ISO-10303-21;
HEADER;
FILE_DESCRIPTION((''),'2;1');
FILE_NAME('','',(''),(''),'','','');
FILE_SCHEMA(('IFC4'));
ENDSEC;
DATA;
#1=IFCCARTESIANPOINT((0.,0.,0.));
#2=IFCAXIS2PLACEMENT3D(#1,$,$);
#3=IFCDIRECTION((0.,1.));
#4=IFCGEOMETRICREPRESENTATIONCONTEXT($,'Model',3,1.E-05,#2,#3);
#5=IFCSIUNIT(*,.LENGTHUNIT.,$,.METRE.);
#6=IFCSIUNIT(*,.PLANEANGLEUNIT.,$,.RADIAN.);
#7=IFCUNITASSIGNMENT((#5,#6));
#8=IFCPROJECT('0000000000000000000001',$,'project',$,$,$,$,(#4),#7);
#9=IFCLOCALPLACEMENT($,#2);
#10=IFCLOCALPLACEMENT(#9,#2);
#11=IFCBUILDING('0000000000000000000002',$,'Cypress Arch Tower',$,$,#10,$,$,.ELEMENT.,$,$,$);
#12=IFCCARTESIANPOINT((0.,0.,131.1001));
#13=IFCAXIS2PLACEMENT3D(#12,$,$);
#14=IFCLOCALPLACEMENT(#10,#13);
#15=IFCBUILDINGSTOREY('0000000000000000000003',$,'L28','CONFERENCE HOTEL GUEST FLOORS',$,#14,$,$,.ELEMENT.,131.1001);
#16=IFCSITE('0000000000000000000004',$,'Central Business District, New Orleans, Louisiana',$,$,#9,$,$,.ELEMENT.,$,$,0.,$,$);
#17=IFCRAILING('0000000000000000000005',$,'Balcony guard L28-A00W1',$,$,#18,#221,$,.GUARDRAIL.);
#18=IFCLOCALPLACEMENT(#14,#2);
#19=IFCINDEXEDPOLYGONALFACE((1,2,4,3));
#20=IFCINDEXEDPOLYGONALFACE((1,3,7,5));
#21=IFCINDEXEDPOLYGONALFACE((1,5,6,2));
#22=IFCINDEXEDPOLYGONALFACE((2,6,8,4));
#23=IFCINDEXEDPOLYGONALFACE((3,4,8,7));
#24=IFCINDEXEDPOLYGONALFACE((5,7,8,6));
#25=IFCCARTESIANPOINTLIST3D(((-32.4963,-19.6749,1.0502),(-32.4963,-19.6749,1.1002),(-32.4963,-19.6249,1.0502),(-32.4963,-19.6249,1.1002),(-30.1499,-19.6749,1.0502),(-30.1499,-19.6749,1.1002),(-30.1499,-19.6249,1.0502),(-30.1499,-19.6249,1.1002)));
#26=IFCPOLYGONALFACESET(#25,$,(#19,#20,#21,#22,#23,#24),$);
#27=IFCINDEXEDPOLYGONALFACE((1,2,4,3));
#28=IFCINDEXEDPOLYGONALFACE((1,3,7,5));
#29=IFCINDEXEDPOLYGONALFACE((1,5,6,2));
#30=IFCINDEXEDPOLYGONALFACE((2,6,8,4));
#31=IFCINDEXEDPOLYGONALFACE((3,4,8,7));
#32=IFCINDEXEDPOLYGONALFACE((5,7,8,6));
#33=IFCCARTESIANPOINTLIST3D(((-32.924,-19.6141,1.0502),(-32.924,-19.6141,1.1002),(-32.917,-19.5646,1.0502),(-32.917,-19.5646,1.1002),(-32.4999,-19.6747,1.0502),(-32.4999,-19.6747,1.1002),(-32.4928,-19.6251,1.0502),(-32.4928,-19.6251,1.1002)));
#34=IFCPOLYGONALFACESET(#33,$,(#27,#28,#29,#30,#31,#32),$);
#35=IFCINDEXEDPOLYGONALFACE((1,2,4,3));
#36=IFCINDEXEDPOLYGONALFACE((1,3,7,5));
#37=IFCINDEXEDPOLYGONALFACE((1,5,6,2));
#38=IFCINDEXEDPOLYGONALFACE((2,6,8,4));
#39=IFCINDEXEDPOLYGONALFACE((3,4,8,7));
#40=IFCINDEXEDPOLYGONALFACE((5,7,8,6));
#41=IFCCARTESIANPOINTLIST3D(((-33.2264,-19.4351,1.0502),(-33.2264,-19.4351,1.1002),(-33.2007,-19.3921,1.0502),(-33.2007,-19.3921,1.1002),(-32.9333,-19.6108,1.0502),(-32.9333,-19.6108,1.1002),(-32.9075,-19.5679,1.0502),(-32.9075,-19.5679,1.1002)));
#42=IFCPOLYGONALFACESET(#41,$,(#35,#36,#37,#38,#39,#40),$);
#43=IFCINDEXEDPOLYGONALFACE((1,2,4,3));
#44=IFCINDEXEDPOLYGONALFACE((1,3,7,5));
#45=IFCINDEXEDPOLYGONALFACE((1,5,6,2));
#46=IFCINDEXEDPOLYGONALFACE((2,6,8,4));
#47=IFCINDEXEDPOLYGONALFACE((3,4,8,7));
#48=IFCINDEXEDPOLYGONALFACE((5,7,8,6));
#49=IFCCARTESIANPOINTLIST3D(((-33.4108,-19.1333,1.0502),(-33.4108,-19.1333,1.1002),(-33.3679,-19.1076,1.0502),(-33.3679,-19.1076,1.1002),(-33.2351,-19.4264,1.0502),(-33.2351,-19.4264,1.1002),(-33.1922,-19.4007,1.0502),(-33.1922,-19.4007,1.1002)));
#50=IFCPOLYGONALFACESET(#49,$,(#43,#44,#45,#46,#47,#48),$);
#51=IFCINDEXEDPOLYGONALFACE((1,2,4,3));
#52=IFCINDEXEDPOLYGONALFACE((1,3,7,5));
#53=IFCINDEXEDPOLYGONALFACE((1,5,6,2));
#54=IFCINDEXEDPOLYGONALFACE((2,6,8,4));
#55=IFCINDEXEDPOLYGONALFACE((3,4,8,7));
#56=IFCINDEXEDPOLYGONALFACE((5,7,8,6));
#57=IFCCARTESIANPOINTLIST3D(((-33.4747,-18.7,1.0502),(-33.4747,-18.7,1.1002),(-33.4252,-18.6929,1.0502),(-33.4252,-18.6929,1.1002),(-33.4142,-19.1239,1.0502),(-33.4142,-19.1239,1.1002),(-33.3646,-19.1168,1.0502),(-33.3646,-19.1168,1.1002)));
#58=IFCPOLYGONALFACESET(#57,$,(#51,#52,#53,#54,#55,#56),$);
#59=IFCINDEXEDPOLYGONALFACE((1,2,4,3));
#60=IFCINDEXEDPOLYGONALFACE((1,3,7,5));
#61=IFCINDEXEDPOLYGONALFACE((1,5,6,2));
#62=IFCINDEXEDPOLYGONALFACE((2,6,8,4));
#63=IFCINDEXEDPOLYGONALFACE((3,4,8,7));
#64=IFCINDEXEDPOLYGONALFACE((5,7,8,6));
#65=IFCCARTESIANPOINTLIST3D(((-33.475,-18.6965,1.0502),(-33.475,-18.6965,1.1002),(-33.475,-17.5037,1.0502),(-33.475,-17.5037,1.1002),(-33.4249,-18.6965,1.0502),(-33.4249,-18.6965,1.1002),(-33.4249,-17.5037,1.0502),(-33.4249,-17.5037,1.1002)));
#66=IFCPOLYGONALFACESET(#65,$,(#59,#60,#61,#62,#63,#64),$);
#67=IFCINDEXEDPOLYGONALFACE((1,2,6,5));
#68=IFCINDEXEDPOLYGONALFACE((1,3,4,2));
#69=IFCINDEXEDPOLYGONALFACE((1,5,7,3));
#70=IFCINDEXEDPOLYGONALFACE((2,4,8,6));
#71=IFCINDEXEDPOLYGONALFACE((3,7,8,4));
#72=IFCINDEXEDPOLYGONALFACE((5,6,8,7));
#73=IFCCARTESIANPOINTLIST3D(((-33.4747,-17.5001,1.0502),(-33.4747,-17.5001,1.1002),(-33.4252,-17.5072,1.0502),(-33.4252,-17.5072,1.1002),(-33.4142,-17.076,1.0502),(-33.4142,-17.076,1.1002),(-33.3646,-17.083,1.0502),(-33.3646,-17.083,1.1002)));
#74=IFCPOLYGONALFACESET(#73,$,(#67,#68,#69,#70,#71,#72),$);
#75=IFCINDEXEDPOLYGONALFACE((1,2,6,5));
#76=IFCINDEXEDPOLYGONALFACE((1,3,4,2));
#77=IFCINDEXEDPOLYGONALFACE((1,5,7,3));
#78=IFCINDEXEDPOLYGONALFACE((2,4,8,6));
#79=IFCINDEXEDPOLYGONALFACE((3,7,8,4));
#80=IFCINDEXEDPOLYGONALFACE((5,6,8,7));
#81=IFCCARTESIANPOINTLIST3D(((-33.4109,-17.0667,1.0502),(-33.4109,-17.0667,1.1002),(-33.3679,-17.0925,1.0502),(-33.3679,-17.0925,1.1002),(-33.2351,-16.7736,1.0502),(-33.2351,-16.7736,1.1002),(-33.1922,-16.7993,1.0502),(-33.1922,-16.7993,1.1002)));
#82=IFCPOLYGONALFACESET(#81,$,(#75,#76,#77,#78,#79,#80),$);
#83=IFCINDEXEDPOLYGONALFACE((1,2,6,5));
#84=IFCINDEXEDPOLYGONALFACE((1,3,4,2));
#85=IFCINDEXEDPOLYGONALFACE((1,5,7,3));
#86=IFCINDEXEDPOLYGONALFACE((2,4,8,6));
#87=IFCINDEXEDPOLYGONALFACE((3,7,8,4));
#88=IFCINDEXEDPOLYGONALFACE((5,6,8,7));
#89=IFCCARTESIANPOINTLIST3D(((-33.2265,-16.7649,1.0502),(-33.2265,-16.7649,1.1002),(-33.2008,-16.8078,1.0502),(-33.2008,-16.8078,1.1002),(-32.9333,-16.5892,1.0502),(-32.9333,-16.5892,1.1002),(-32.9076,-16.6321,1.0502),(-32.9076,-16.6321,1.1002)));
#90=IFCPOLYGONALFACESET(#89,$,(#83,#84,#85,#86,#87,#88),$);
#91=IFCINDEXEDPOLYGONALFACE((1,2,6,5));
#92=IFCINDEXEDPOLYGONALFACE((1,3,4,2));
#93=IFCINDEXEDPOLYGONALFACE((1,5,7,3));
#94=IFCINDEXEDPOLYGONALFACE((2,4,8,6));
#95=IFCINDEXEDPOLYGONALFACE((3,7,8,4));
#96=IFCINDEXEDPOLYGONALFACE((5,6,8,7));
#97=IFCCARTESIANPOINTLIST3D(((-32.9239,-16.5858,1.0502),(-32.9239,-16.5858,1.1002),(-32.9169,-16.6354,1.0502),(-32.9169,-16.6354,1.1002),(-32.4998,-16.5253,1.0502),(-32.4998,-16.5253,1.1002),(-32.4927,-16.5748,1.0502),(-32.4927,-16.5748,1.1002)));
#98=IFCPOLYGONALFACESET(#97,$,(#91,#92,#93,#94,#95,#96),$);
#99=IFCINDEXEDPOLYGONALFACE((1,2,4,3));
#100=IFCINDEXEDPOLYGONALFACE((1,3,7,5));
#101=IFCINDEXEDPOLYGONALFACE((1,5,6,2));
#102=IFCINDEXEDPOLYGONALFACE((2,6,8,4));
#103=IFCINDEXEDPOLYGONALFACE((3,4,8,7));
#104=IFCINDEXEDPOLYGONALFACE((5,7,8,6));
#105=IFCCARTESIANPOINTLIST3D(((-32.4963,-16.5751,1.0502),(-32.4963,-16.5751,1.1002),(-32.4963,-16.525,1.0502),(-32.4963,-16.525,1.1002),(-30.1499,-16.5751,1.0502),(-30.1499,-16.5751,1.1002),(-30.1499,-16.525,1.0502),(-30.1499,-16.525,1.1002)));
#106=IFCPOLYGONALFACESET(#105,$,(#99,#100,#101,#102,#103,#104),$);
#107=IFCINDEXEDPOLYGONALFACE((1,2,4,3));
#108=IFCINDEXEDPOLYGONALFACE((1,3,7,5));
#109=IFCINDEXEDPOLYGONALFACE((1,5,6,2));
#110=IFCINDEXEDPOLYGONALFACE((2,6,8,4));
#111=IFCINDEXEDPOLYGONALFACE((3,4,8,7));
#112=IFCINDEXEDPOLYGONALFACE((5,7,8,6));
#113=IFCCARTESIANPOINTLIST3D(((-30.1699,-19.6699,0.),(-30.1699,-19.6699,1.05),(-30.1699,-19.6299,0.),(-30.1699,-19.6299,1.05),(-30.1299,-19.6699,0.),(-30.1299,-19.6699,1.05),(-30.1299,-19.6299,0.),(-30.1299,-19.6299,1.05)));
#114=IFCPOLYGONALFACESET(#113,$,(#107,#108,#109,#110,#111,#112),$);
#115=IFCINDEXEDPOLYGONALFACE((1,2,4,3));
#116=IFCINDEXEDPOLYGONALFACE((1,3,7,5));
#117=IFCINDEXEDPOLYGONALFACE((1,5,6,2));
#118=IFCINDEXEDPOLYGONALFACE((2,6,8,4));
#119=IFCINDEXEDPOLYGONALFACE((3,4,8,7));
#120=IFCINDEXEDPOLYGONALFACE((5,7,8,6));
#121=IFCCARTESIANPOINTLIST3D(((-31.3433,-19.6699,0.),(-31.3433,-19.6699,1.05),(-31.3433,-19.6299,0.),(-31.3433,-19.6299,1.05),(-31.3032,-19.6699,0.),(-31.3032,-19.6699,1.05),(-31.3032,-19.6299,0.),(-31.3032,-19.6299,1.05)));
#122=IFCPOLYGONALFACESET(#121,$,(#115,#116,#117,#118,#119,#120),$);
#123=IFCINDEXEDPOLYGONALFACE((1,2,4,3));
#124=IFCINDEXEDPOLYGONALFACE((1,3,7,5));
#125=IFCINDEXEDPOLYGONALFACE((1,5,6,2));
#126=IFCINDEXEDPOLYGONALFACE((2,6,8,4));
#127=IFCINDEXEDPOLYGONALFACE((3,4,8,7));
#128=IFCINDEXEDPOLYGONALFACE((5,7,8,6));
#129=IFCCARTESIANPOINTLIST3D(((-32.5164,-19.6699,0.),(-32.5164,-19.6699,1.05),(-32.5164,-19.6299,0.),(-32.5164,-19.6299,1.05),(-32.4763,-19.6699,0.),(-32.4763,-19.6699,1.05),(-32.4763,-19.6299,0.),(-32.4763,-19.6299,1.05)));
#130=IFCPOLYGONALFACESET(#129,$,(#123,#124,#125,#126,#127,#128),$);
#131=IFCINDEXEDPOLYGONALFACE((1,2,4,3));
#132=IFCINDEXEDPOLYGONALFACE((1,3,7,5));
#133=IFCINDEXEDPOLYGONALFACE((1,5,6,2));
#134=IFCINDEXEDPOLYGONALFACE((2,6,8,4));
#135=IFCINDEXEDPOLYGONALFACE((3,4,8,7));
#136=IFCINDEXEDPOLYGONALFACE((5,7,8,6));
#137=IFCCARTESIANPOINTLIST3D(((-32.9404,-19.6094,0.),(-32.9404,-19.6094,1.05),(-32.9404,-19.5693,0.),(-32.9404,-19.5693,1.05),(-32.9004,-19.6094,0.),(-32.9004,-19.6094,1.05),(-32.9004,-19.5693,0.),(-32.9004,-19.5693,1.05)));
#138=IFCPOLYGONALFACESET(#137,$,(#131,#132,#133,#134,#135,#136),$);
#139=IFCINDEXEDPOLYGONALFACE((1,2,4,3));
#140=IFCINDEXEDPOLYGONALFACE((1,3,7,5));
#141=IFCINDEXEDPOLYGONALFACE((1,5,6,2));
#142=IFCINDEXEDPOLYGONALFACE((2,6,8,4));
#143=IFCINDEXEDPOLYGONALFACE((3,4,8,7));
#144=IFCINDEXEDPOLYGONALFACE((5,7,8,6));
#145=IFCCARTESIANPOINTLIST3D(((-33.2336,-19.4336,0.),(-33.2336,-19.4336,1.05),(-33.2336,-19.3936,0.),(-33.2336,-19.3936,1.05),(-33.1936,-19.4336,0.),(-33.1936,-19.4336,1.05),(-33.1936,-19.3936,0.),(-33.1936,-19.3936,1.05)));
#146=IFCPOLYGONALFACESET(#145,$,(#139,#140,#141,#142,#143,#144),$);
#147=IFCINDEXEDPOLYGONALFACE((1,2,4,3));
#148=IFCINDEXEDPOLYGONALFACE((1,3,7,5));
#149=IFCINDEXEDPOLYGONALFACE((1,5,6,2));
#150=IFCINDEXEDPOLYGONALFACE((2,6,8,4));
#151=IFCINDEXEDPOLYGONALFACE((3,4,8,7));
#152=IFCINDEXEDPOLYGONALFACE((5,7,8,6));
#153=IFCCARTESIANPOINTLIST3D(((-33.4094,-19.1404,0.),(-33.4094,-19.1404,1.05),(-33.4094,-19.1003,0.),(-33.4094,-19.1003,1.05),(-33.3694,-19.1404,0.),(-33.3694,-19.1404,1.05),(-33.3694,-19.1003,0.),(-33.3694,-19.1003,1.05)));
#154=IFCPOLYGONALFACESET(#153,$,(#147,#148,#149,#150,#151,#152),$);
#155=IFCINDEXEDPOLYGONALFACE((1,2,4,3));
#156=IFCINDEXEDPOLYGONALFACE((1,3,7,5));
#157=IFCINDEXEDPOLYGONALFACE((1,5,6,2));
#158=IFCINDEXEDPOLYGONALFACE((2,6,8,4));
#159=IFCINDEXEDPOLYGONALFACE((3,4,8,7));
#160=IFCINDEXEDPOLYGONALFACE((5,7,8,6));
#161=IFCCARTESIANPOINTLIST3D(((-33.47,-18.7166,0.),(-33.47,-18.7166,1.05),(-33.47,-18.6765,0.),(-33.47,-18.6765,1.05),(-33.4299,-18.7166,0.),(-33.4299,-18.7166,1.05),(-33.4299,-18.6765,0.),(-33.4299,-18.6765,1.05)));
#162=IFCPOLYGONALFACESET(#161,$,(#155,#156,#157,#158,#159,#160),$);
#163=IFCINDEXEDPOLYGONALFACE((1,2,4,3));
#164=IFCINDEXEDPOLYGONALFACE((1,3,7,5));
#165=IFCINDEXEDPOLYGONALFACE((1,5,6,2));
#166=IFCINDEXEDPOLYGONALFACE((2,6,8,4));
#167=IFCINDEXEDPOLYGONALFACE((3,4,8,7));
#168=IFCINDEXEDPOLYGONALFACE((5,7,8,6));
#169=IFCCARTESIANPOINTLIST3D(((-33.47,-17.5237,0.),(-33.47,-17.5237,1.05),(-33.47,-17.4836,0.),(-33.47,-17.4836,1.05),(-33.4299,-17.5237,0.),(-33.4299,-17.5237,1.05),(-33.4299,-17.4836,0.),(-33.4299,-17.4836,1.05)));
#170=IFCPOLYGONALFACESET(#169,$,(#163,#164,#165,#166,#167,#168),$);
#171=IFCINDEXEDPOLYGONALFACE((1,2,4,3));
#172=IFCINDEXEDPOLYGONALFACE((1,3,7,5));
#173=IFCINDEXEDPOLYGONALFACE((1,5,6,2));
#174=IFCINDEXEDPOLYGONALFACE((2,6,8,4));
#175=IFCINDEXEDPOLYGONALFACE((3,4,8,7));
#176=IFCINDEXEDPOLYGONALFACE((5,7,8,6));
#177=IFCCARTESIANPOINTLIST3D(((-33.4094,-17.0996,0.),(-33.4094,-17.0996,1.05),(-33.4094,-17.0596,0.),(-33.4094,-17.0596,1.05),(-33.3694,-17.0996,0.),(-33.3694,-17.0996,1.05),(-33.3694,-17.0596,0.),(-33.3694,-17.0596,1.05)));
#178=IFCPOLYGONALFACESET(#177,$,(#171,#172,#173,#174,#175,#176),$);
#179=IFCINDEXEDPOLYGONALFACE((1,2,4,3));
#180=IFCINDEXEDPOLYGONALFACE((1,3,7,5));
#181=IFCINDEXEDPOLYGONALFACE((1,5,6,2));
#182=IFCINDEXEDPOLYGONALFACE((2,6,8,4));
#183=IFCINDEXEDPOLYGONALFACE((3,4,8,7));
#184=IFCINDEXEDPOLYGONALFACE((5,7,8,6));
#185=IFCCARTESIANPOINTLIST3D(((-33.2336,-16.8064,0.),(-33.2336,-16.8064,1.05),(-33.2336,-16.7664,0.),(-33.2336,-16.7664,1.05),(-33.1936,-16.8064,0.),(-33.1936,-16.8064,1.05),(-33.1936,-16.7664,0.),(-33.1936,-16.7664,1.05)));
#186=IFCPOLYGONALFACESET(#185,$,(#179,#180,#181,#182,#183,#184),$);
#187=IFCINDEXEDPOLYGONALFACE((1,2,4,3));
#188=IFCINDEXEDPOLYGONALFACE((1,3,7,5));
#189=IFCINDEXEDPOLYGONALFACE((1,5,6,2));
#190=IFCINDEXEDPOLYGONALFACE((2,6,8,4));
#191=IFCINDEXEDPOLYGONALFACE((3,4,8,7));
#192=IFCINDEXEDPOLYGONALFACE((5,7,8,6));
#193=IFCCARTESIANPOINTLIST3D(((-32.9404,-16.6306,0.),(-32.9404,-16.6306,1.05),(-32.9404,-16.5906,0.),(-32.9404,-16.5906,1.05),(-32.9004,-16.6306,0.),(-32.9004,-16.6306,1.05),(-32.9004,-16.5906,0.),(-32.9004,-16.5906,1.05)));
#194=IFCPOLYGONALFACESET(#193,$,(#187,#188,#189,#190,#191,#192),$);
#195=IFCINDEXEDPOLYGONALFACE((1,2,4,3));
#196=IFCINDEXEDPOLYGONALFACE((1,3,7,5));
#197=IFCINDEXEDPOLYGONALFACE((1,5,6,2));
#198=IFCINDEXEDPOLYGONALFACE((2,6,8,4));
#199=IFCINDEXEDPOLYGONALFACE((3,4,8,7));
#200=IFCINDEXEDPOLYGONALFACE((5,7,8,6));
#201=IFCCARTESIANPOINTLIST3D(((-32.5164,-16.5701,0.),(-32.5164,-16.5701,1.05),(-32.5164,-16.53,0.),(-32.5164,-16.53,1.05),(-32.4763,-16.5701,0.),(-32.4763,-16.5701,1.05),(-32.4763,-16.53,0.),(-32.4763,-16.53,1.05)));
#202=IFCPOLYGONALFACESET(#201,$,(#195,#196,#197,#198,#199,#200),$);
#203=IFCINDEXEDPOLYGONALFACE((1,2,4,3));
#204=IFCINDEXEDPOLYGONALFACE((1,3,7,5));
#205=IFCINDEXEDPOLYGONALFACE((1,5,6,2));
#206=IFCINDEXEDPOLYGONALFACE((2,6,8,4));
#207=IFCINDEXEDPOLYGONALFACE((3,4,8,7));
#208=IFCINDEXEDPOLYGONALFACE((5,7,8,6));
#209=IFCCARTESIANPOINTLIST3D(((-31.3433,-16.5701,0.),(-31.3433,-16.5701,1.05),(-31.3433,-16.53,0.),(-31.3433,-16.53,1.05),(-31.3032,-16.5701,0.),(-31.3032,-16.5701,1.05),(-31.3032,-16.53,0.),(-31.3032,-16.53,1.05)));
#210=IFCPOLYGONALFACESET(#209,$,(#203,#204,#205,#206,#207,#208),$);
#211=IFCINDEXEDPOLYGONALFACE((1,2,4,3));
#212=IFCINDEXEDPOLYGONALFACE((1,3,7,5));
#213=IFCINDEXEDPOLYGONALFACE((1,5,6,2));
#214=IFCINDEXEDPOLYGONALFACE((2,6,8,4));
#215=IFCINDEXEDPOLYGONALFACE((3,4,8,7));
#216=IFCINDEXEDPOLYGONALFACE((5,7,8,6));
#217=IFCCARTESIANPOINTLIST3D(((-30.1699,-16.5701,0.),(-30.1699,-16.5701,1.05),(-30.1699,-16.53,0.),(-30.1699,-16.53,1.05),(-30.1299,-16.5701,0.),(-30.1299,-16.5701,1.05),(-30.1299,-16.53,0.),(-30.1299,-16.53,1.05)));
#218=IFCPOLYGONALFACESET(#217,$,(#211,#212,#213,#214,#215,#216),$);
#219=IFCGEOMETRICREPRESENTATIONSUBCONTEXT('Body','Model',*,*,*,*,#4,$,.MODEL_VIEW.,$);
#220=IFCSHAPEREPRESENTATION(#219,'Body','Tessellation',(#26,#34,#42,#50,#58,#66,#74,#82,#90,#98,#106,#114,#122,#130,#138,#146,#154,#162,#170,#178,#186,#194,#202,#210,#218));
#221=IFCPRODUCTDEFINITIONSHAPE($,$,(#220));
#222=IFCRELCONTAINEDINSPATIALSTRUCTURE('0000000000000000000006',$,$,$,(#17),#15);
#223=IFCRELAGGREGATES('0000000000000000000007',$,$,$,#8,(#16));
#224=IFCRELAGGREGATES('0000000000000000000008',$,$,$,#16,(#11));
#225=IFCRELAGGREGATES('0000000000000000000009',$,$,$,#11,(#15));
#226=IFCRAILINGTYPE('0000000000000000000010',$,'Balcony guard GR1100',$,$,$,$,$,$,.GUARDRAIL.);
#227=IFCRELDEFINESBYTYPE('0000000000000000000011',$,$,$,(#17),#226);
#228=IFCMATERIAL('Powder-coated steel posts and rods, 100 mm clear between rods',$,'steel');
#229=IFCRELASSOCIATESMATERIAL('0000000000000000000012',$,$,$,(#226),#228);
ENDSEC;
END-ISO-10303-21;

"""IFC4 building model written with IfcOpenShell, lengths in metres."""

from ifc_helpers import new_model, si_unit, direction, frame, origin, origin_2d, place, context, subcontext, project, spatial, rectangle, extrude, material, type_object, element, save


model = new_model("IFC4")

# Units and contexts
model_context = context("Model", 3, precision=1e-05, world=origin(), true_north=direction((0.0, 1.0)))
body_context = subcontext(model_context, "Body", "Model", "MODEL_VIEW")
ifc_project = project(units=[si_unit("LENGTHUNIT", "METRE"), si_unit("PLANEANGLEUNIT", "RADIAN")], contexts=[model_context])

# Site, building, storey
site_placement = place(None, origin())
site = spatial("IfcSite", under=ifc_project, at=site_placement, Name="Central Business District, New Orleans, Louisiana", CompositionType="ELEMENT", RefElevation=0.0)
building_placement = place(site_placement, origin())
building = spatial("IfcBuilding", under=site, at=building_placement, Name="Cypress Arch Tower", CompositionType="ELEMENT")
storey_placement = place(building_placement, frame((0.0, 0.0, 131.1001)))
storey = spatial("IfcBuildingStorey", under=building, at=storey_placement, Name="L28", Description="CONFERENCE HOTEL GUEST FLOORS", CompositionType="ELEMENT", Elevation=131.1001)

# Railing
ifc_material_1 = material(Name="Powder-coated steel posts and rods, 100 mm clear between rods", Category="steel")
railing_type = type_object("IfcRailingType", Name="Balcony guard GR1100", PredefinedType="GUARDRAIL", material=ifc_material_1)
railing_placement = place(storey_placement, frame((-30.1499, -19.6499, 0.0)))
element("IfcRailing", 1, at=railing_placement, inside=storey, type_object=railing_type, Name="Balcony guard L28-A00W1", PredefinedType="GUARDRAIL", context=body_context, shape_type="SweptSolid", body=[
    extrude(rectangle(XDim=0.05, YDim=0.05, at=origin_2d()), frame((0.0, 0.0, 1.0752), z_axis=(-1.0, 0.0, 0.0), x_axis=(0.0, -1.0, 0.0)), (0.0, 0.0, 1.0), 2.3464),
    extrude(rectangle(XDim=0.05, YDim=0.05, at=origin_2d()), frame((-2.3464, 0.0, 1.0752), z_axis=(-0.989961, 0.141342, 0.0), x_axis=(-0.141342, -0.989961, 0.0)), (0.0, 0.0, 1.0), 0.4285),
    extrude(rectangle(XDim=0.05, YDim=0.05, at=origin_2d()), frame((-2.7705, 0.0605, 1.0752), z_axis=(-0.857682, 0.514181, 0.0), x_axis=(-0.514181, -0.857682, 0.0)), (0.0, 0.0, 1.0), 0.3418),
    extrude(rectangle(XDim=0.05, YDim=0.05, at=origin_2d()), frame((-3.0637, 0.2363, 1.0752), z_axis=(-0.514181, 0.857682, 0.0), x_axis=(-0.857682, -0.514181, 0.0)), (0.0, 0.0, 1.0), 0.3418),
    extrude(rectangle(XDim=0.05, YDim=0.05, at=origin_2d()), frame((-3.2395, 0.5295, 1.0752), z_axis=(-0.141421, 0.989949, 0.0), x_axis=(-0.989949, -0.141421, 0.0)), (0.0, 0.0, 1.0), 0.4282),
    extrude(rectangle(XDim=0.05, YDim=0.05, at=origin_2d()), frame((-3.3, 0.9534, 1.0752), z_axis=(0.0, 1.0, 0.0), x_axis=(-1.0, 0.0, 0.0)), (0.0, 0.0, 1.0), 1.1929),
    extrude(rectangle(XDim=0.05, YDim=0.05, at=origin_2d()), frame((-3.3, 2.1462, 1.0752), z_axis=(0.141342, 0.989961, 0.0), x_axis=(-0.989961, 0.141342, 0.0)), (0.0, 0.0, 1.0), 0.4285),
    extrude(rectangle(XDim=0.05, YDim=0.05, at=origin_2d()), frame((-3.2395, 2.5703, 1.0752), z_axis=(0.514181, 0.857682, 0.0), x_axis=(-0.857682, 0.514181, 0.0)), (0.0, 0.0, 1.0), 0.3418),
    extrude(rectangle(XDim=0.05, YDim=0.05, at=origin_2d()), frame((-3.0637, 2.8635, 1.0752), z_axis=(0.857682, 0.514181, 0.0), x_axis=(-0.514181, 0.857682, 0.0)), (0.0, 0.0, 1.0), 0.3418),
    extrude(rectangle(XDim=0.05, YDim=0.05, at=origin_2d()), frame((-2.7705, 3.0393, 1.0752), z_axis=(0.989961, 0.141342, 0.0), x_axis=(-0.141342, 0.989961, 0.0)), (0.0, 0.0, 1.0), 0.4285),
    extrude(rectangle(XDim=0.05, YDim=0.05, at=origin_2d()), frame((-2.3464, 3.0999, 1.0752), z_axis=(1.0, 0.0, 0.0), x_axis=(0.0, 1.0, 0.0)), (0.0, 0.0, 1.0), 2.3464),
    extrude(rectangle(XDim=0.04, YDim=0.04, at=origin_2d()), origin(), (0.0, 0.0, 1.0), 1.05),
    extrude(rectangle(XDim=0.04, YDim=0.04, at=origin_2d()), frame((-1.1733, 0.0, 0.0)), (0.0, 0.0, 1.0), 1.05),
    extrude(rectangle(XDim=0.04, YDim=0.04, at=origin_2d()), frame((-2.3464, 0.0, 0.0)), (0.0, 0.0, 1.0), 1.05),
    extrude(rectangle(XDim=0.04, YDim=0.04, at=origin_2d()), frame((-2.7705, 0.0605, 0.0)), (0.0, 0.0, 1.0), 1.05),
    extrude(rectangle(XDim=0.04, YDim=0.04, at=origin_2d()), frame((-3.0637, 0.2363, 0.0)), (0.0, 0.0, 1.0), 1.05),
    extrude(rectangle(XDim=0.04, YDim=0.04, at=origin_2d()), frame((-3.2395, 0.5295, 0.0)), (0.0, 0.0, 1.0), 1.05),
    extrude(rectangle(XDim=0.04, YDim=0.04, at=origin_2d()), frame((-3.3, 0.9534, 0.0)), (0.0, 0.0, 1.0), 1.05),
    extrude(rectangle(XDim=0.04, YDim=0.04, at=origin_2d()), frame((-3.3, 2.1462, 0.0)), (0.0, 0.0, 1.0), 1.05),
    extrude(rectangle(XDim=0.04, YDim=0.04, at=origin_2d()), frame((-3.2395, 2.5703, 0.0)), (0.0, 0.0, 1.0), 1.05),
    extrude(rectangle(XDim=0.04, YDim=0.04, at=origin_2d()), frame((-3.0637, 2.8635, 0.0)), (0.0, 0.0, 1.0), 1.05),
    extrude(rectangle(XDim=0.04, YDim=0.04, at=origin_2d()), frame((-2.7705, 3.0393, 0.0)), (0.0, 0.0, 1.0), 1.05),
    extrude(rectangle(XDim=0.04, YDim=0.04, at=origin_2d()), frame((-2.3464, 3.0999, 0.0)), (0.0, 0.0, 1.0), 1.05),
    extrude(rectangle(XDim=0.04, YDim=0.04, at=origin_2d()), frame((-1.1733, 3.0999, 0.0)), (0.0, 0.0, 1.0), 1.05),
    extrude(rectangle(XDim=0.04, YDim=0.04, at=origin_2d()), frame((0.0, 3.0999, 0.0)), (0.0, 0.0, 1.0), 1.05),
])

save(model, "model.ifc")
